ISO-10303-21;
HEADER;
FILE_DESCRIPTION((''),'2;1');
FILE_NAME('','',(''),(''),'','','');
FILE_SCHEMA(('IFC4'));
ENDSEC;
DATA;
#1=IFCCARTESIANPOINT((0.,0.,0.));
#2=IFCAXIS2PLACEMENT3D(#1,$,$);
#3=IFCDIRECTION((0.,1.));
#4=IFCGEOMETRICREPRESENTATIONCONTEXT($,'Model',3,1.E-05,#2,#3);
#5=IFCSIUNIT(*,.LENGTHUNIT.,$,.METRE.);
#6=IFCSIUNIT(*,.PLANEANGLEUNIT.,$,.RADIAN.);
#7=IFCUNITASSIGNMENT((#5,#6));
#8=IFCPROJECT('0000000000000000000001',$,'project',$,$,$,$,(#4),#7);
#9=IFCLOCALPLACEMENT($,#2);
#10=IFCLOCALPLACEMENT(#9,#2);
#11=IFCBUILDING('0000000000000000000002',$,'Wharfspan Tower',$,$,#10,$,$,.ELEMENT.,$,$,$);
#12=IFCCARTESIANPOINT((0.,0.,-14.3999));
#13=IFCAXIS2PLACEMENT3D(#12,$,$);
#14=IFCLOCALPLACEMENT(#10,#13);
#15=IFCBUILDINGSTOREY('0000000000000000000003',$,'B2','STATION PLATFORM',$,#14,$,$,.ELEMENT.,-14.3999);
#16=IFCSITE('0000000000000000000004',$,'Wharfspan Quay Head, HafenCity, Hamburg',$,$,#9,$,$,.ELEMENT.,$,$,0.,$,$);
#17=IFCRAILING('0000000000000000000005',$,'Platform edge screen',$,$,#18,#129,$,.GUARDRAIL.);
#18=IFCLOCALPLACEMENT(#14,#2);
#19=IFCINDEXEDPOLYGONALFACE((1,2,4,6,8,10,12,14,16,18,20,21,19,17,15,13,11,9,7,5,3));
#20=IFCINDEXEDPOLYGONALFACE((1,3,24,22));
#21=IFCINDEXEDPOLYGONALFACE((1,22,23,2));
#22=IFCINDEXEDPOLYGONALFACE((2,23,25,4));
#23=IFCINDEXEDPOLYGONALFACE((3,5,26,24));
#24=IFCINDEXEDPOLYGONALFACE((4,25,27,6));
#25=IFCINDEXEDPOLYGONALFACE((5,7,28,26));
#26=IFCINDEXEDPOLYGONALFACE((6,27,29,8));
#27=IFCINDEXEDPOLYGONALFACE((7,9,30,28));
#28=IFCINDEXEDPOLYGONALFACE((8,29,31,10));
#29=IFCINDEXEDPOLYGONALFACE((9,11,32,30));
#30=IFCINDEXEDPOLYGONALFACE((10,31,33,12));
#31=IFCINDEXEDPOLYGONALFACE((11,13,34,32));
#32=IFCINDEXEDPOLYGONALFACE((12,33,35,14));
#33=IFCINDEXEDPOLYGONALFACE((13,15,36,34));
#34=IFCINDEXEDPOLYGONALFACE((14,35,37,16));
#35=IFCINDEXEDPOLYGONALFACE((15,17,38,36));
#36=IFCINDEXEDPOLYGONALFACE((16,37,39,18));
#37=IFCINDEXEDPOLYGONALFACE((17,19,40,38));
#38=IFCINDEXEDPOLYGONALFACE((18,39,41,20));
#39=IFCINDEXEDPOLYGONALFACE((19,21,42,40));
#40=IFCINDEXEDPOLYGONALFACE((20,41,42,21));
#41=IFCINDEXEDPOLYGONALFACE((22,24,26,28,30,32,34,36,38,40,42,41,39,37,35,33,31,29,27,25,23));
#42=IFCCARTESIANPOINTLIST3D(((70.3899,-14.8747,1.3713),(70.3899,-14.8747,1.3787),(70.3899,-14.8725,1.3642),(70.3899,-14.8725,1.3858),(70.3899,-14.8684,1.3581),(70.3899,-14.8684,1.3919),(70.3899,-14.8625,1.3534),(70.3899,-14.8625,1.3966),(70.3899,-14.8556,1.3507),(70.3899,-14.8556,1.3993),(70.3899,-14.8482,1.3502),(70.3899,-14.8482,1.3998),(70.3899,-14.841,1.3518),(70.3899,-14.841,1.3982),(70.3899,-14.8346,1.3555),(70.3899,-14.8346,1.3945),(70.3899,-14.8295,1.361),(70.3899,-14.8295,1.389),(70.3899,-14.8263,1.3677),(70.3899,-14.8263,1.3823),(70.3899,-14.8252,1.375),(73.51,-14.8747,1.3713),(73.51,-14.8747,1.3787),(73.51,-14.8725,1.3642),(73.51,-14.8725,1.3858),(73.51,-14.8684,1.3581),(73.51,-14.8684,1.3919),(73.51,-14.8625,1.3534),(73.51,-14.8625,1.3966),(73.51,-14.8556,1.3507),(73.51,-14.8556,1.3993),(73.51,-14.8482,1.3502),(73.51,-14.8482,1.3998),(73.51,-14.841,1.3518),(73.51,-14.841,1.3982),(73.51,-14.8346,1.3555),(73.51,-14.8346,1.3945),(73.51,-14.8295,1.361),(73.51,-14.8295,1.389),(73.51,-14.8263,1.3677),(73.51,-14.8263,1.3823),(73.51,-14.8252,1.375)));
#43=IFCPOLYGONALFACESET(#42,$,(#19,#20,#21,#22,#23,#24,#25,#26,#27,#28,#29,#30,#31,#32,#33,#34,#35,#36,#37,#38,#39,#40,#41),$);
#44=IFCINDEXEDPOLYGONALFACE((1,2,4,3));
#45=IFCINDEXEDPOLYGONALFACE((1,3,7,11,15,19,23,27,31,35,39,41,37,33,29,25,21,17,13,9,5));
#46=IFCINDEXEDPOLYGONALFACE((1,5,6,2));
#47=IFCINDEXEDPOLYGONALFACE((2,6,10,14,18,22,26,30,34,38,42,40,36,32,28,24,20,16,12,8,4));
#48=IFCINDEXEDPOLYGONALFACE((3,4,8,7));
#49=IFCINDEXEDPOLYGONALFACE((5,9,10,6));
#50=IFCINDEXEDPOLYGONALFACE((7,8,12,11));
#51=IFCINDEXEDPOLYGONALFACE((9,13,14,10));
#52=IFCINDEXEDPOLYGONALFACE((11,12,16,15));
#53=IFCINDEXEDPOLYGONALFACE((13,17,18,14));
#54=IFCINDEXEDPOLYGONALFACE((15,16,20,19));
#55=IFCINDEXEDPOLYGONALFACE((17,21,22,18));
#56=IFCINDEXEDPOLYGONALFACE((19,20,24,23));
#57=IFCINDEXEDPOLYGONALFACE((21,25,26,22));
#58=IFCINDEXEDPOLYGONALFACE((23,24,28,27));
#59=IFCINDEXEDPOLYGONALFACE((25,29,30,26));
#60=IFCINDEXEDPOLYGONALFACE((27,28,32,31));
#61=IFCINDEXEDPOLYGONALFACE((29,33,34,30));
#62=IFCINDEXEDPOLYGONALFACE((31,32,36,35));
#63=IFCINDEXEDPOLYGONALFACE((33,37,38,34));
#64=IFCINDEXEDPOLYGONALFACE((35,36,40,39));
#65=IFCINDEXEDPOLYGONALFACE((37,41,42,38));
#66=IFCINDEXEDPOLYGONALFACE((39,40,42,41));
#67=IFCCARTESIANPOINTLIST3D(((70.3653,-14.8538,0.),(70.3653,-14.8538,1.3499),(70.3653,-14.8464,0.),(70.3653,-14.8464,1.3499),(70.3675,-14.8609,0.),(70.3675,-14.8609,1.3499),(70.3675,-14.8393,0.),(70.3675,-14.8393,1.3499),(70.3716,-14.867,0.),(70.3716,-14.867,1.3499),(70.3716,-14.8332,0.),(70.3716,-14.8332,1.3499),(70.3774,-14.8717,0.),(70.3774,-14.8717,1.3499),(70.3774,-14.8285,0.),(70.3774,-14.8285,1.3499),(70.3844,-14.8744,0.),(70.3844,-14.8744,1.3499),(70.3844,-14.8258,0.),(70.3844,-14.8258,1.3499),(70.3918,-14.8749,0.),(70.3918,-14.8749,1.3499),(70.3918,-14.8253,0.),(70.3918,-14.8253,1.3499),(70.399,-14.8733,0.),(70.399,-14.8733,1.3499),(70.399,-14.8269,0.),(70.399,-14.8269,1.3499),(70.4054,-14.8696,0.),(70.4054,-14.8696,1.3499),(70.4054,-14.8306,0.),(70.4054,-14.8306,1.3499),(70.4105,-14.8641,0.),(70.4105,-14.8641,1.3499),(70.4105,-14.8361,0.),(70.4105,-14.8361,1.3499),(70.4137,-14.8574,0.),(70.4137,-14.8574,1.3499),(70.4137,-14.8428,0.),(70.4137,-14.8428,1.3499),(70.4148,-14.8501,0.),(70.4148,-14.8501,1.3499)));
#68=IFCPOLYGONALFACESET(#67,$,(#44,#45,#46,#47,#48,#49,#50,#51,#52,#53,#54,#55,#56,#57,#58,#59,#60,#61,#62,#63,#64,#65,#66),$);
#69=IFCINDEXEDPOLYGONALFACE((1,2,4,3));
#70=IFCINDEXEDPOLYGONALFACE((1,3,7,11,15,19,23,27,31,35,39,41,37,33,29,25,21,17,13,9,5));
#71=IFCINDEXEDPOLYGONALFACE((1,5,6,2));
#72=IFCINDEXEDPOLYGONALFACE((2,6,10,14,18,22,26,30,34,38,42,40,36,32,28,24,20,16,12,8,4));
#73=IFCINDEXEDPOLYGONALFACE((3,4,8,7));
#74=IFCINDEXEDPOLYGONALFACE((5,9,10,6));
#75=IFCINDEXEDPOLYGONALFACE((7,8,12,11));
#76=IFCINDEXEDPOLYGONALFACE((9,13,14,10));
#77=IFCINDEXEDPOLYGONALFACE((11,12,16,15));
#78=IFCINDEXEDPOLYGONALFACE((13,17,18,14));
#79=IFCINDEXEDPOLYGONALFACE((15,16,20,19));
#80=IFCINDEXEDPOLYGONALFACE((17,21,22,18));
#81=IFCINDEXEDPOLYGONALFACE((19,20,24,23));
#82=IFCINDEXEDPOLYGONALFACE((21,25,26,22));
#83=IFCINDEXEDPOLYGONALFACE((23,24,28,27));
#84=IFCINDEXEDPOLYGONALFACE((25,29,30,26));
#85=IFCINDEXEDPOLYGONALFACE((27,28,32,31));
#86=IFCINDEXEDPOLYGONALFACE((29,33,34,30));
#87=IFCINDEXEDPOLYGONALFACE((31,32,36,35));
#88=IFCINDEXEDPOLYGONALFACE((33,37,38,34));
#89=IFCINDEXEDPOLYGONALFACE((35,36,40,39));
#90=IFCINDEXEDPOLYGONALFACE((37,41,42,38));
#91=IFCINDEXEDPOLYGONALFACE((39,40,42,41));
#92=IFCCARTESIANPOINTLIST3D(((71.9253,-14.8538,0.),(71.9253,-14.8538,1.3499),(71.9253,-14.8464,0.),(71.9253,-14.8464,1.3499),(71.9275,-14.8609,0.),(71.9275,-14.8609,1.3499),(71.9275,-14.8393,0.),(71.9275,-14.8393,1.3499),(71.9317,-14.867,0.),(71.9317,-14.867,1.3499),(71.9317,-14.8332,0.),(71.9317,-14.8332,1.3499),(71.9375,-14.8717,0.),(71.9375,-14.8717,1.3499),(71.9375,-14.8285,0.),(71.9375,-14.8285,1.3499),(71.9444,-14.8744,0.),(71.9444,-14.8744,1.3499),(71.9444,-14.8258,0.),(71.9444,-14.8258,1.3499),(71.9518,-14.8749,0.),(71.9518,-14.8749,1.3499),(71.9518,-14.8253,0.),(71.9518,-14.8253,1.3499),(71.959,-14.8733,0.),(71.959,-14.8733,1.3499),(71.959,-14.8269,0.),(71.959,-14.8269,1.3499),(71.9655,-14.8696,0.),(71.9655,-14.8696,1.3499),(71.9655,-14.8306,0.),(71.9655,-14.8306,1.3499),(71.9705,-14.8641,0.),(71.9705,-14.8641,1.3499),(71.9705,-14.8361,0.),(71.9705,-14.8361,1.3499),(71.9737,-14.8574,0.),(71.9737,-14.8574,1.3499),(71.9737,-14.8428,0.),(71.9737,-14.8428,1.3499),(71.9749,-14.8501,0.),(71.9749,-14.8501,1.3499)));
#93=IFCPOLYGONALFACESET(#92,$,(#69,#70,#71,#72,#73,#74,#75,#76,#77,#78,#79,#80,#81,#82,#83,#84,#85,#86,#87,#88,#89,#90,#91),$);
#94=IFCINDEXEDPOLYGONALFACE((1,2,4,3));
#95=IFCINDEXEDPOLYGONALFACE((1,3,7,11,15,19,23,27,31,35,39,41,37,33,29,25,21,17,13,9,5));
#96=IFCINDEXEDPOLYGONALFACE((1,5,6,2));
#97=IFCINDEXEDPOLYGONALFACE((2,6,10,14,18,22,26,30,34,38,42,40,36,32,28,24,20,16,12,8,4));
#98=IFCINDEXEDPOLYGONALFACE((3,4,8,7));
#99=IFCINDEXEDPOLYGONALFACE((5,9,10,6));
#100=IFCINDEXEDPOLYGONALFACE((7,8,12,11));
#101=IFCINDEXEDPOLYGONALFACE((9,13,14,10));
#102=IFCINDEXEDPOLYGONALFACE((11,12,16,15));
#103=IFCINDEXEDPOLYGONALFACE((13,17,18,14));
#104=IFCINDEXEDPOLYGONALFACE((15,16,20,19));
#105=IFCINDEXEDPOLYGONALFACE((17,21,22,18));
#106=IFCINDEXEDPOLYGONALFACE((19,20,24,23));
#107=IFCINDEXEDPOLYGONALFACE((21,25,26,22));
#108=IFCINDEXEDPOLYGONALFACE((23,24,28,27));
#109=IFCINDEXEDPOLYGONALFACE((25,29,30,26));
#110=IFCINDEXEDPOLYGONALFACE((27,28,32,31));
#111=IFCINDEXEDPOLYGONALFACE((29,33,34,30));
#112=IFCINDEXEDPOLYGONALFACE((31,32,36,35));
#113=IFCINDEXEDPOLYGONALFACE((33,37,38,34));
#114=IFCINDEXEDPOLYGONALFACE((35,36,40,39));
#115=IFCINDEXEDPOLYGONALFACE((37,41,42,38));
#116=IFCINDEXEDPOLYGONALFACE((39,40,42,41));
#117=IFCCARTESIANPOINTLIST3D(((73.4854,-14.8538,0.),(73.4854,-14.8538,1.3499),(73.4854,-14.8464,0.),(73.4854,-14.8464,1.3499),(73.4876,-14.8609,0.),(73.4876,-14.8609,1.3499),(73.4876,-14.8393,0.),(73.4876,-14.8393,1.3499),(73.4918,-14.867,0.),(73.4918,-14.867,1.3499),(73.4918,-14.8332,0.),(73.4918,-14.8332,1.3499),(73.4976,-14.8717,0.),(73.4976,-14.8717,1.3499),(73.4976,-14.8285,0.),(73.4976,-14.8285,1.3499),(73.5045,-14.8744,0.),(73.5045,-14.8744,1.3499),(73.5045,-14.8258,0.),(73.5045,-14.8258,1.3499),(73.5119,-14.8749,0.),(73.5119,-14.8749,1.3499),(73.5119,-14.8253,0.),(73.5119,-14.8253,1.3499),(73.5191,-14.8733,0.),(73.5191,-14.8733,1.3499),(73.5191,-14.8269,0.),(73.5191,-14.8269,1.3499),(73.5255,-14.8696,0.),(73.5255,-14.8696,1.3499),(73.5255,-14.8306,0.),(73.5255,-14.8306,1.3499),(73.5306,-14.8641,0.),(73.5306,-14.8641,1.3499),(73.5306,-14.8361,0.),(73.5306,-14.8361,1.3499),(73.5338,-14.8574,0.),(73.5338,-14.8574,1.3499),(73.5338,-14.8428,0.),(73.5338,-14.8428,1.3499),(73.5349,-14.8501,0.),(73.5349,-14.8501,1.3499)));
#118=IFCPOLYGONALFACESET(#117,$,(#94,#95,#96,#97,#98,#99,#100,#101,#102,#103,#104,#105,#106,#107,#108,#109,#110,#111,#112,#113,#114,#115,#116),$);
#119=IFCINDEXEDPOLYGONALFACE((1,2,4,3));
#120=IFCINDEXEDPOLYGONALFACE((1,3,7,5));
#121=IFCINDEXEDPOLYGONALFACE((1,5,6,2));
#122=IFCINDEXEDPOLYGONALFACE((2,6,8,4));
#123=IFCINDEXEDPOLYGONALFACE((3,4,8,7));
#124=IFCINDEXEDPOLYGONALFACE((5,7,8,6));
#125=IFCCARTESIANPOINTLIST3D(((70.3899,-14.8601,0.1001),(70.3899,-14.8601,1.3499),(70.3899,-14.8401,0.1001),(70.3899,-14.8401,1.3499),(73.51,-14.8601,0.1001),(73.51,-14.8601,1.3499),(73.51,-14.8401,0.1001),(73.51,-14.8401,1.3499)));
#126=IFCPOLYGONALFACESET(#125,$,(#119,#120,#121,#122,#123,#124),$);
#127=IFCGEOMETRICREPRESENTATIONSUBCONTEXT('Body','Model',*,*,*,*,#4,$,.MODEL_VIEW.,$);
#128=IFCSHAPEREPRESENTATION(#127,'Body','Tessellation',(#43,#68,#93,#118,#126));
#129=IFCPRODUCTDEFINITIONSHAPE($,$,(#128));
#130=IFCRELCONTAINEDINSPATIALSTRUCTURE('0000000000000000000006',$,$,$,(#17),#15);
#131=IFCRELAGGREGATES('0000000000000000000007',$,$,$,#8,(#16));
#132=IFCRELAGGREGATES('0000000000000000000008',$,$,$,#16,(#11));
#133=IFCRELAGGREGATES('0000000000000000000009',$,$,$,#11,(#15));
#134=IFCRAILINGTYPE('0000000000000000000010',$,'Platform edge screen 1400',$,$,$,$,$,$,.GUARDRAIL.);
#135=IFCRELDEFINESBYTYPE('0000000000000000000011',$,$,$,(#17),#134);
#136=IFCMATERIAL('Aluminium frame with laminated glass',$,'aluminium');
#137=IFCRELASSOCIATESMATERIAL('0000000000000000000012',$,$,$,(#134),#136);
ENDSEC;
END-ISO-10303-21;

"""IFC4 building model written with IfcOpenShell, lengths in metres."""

from ifc_helpers import new_model, si_unit, direction, frame, origin, origin_2d, place, context, subcontext, project, spatial, rectangle, circle, extrude, material, type_object, element, save


model = new_model("IFC4")

# Units and contexts
model_context = context("Model", 3, precision=1e-05, world=origin(), true_north=direction((0.0, 1.0)))
body_context = subcontext(model_context, "Body", "Model", "MODEL_VIEW")
ifc_project = project(units=[si_unit("LENGTHUNIT", "METRE"), si_unit("PLANEANGLEUNIT", "RADIAN")], contexts=[model_context])

# Site, building, storey
site_placement = place(None, origin())
site = spatial("IfcSite", under=ifc_project, at=site_placement, Name="Wharfspan Quay Head, HafenCity, Hamburg", CompositionType="ELEMENT", RefElevation=0.0)
building_placement = place(site_placement, origin())
building = spatial("IfcBuilding", under=site, at=building_placement, Name="Wharfspan Tower", CompositionType="ELEMENT")
storey_placement = place(building_placement, frame((0.0, 0.0, -14.3999)))
storey = spatial("IfcBuildingStorey", under=building, at=storey_placement, Name="B2", Description="STATION PLATFORM", CompositionType="ELEMENT", Elevation=-14.3999)

# Railing
ifc_material_1 = material(Name="Aluminium frame with laminated glass", Category="aluminium")
railing_type_1 = type_object("IfcRailingType", Name="Platform edge screen 1400", PredefinedType="GUARDRAIL", material=ifc_material_1)
for number, where, name in (
    (1, (70.3899, -14.8501, 0.0), "Platform edge screen"),
):
    element("IfcRailing", number, at=place(storey_placement, frame(where)), inside=storey, type_object=railing_type_1, Name=name, PredefinedType="GUARDRAIL", context=body_context, shape_type="SweptSolid", body=[
        extrude(circle(Radius=0.0249, at=origin_2d()), frame((0.0, 0.0, 1.375), z_axis=(1.0, 0.0, 0.0), x_axis=(0.0, 1.0, 0.0)), (0.0, 0.0, 1.0), 3.1201),
        extrude(circle(Radius=0.0249, at=origin_2d()), origin(), (0.0, 0.0, 1.0), 1.3499),
        extrude(circle(Radius=0.0249, at=origin_2d()), frame((1.5601, 0.0, 0.0)), (0.0, 0.0, 1.0), 1.3499),
        extrude(circle(Radius=0.0249, at=origin_2d()), frame((3.1201, 0.0, 0.0)), (0.0, 0.0, 1.0), 1.3499),
        extrude(rectangle(XDim=3.1201, YDim=0.02, at=origin_2d()), frame((1.5601, 0.0, 0.1001), z_axis=(0.0, 0.0, 1.0), x_axis=(1.0, 0.0, 0.0)), (0.0, 0.0, 1.0), 1.2498),
    ])

save(model, "model.ifc")
